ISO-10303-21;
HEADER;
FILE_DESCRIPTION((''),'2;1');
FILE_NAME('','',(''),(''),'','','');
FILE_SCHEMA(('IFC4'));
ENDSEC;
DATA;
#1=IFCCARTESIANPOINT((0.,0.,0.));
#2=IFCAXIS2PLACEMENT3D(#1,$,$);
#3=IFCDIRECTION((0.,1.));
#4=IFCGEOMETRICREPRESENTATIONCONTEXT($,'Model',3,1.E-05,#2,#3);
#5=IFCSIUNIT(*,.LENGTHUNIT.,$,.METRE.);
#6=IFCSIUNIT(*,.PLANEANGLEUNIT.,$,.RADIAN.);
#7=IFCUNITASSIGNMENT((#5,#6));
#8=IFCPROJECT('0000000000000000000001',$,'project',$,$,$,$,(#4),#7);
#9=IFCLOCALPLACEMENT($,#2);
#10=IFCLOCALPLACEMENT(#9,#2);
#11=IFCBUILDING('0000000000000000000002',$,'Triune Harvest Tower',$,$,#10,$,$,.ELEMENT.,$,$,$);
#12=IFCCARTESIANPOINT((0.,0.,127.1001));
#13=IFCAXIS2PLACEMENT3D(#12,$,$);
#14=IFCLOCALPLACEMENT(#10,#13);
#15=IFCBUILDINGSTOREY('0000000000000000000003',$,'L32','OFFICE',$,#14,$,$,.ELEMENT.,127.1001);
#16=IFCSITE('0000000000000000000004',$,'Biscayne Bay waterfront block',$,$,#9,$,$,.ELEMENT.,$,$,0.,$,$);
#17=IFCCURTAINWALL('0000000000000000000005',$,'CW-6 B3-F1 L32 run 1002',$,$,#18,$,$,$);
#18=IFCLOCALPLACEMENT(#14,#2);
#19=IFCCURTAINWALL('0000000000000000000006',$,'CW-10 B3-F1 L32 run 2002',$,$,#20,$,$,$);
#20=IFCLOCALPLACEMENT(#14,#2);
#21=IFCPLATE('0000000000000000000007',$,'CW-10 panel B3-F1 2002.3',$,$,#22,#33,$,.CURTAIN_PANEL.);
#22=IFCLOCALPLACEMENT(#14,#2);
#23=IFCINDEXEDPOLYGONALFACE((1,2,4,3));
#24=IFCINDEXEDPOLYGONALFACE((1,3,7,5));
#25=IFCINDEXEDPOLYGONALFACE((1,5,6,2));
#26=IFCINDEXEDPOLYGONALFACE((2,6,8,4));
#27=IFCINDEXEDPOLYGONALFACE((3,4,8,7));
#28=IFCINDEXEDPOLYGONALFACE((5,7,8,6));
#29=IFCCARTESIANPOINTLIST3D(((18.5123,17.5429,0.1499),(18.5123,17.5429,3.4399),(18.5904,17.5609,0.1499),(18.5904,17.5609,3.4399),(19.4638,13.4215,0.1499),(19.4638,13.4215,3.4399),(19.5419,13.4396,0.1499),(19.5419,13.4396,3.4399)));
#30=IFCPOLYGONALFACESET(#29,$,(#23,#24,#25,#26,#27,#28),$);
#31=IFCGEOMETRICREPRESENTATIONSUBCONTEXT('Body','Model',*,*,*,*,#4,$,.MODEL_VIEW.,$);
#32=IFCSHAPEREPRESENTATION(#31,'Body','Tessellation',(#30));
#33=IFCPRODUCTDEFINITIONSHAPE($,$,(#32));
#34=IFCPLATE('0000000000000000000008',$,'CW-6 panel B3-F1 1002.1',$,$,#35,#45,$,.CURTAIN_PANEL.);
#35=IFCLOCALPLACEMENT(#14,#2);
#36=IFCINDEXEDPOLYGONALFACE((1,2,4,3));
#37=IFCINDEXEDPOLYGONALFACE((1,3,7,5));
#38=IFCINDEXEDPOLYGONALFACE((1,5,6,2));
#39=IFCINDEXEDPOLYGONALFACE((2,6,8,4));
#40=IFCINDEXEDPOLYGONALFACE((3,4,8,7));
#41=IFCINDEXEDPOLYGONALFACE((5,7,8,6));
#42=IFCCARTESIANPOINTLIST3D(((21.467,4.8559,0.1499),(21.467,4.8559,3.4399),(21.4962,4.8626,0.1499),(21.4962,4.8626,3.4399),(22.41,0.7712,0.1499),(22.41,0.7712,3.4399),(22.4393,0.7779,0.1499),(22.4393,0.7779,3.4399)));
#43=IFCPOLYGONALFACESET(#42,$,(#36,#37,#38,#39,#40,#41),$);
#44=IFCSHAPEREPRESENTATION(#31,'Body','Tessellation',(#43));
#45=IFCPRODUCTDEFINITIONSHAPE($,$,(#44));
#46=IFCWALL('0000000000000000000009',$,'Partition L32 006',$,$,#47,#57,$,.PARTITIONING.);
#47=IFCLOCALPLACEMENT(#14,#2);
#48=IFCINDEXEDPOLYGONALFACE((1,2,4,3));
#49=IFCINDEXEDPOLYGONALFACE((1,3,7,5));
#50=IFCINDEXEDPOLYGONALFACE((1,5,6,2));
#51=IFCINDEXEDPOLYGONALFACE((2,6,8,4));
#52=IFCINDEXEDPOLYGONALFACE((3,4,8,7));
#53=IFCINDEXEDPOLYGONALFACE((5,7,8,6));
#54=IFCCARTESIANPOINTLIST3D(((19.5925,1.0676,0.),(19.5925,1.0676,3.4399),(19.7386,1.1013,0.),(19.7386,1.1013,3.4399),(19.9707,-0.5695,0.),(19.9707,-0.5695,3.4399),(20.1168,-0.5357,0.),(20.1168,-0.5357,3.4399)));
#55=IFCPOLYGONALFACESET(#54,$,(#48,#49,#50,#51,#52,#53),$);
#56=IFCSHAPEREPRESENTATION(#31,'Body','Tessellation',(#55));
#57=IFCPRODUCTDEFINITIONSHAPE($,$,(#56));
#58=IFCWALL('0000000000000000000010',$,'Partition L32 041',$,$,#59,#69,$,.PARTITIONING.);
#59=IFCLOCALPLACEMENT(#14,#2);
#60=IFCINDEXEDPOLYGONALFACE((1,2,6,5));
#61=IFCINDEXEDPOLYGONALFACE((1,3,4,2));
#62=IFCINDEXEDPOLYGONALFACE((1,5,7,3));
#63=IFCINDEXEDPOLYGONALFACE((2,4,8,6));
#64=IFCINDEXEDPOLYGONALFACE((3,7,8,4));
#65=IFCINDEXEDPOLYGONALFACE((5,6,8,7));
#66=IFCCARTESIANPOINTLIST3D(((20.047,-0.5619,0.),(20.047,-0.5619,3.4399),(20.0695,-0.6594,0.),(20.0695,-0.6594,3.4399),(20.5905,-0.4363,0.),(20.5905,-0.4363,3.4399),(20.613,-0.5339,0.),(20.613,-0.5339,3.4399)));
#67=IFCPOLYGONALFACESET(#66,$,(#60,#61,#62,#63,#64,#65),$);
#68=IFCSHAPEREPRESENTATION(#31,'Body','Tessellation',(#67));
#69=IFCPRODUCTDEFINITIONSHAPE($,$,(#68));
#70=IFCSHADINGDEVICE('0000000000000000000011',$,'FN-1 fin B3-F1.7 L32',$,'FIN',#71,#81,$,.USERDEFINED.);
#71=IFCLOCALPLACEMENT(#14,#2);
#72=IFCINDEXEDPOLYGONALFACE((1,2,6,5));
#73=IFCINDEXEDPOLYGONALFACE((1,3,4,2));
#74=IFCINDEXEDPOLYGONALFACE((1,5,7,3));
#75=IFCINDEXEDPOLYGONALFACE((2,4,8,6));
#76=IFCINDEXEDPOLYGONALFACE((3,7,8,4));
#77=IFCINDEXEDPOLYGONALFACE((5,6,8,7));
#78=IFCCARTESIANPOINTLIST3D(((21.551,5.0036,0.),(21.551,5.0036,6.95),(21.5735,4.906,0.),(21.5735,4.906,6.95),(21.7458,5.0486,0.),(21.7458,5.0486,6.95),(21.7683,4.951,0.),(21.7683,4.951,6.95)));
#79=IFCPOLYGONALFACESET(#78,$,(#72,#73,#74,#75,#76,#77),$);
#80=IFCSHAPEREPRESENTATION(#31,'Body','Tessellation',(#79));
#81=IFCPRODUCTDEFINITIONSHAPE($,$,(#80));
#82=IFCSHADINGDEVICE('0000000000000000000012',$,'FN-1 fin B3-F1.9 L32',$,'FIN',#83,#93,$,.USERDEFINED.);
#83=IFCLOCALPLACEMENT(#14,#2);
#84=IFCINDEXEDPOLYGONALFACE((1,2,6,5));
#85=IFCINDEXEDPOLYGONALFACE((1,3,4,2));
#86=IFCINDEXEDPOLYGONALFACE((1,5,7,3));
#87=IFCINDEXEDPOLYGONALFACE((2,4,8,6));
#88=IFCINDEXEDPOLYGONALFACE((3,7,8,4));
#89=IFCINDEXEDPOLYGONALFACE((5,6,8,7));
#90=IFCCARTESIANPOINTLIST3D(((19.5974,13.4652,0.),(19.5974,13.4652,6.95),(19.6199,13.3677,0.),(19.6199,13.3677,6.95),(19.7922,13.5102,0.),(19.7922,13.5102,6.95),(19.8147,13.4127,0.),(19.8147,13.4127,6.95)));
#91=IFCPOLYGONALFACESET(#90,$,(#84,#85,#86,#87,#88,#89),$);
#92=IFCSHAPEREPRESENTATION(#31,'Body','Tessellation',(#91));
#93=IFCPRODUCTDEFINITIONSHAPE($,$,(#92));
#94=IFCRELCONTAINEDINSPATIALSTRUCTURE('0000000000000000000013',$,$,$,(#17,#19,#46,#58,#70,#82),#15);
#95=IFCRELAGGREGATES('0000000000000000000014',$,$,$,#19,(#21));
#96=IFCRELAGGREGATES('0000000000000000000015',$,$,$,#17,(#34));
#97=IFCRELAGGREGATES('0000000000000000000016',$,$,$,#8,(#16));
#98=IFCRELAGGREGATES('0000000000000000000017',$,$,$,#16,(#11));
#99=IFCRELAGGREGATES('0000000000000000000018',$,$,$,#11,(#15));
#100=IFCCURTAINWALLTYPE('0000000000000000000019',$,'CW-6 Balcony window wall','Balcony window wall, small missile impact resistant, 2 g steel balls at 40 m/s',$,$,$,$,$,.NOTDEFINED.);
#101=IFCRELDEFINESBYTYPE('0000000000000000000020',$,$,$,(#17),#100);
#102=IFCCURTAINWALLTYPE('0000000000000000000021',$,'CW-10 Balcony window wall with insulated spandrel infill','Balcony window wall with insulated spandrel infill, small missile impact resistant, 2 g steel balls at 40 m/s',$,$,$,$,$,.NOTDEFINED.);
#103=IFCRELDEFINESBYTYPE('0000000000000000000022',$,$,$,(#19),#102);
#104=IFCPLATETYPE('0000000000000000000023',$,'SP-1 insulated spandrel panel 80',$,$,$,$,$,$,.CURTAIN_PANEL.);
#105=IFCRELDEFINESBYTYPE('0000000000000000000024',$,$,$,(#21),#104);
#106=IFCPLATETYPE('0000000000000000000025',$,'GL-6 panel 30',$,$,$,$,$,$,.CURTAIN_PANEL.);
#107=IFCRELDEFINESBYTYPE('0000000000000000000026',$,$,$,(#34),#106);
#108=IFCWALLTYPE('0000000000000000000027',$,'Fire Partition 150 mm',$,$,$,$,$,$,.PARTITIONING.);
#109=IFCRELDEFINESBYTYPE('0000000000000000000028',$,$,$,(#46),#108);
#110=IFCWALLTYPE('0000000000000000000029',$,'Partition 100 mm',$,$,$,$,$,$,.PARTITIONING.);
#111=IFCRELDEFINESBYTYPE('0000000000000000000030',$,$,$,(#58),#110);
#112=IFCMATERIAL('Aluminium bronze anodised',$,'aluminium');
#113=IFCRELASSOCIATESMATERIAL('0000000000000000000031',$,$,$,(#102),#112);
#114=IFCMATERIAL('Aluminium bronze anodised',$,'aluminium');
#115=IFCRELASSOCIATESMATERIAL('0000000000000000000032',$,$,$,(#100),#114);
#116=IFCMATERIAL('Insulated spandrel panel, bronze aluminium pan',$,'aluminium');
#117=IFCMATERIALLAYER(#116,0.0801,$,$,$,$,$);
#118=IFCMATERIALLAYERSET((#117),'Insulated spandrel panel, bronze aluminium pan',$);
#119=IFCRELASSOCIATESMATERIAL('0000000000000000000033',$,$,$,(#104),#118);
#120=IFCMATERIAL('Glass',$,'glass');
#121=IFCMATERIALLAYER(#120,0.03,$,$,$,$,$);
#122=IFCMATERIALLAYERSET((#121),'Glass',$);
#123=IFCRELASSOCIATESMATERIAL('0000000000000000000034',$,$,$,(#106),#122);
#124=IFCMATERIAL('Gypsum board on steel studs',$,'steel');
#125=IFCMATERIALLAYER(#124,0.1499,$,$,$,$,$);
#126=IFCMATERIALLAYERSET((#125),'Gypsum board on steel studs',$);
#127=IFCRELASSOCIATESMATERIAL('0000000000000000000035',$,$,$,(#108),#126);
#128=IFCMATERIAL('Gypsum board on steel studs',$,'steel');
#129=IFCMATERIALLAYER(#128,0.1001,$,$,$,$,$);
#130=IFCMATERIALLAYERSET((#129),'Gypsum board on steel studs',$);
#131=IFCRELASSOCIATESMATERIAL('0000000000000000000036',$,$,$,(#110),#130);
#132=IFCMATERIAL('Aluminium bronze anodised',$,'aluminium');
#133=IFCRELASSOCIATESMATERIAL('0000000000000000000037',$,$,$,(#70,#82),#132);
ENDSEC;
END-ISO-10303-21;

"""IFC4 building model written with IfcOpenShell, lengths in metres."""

from ifc_helpers import new_model, si_unit, direction, frame, frame_2d, origin, origin_2d, place, context, subcontext, project, spatial, rectangle, extrude, source, transform, mapped, material, layer, layer_set, type_object, element, aggregate, save


model = new_model("IFC4")

# Units and contexts
model_context = context("Model", 3, precision=1e-05, world=origin(), true_north=direction((0.0, 1.0)))
body_context = subcontext(model_context, "Body", "Model", "MODEL_VIEW")
ifc_project = project(units=[si_unit("LENGTHUNIT", "METRE"), si_unit("PLANEANGLEUNIT", "RADIAN")], contexts=[model_context])

# Site, building, storey
site_placement = place(None, origin())
site = spatial("IfcSite", under=ifc_project, at=site_placement, Name="Biscayne Bay waterfront block", CompositionType="ELEMENT", RefElevation=0.0)
building_placement = place(site_placement, origin())
building = spatial("IfcBuilding", under=site, at=building_placement, Name="Triune Harvest Tower", CompositionType="ELEMENT")
storey_placement = place(building_placement, frame((0.0, 0.0, 127.1001)))
storey = spatial("IfcBuildingStorey", under=building, at=storey_placement, Name="L32", Description="OFFICE", CompositionType="ELEMENT", Elevation=127.1001)

# Shared definitions
ifc_material_1 = material(Name="Aluminium bronze anodised", Category="aluminium")
curtain_wall_type_1 = type_object("IfcCurtainWallType", Name="CW-10 Balcony window wall with insulated spandrel infill", Description="Balcony window wall with insulated spandrel infill, small missile impact resistant, 2 g steel balls at 40 m/s", PredefinedType="NOTDEFINED", material=ifc_material_1)

# Curtain walls
ifc_material_2 = material(Name="Aluminium bronze anodised", Category="aluminium")
curtain_wall_type_2 = type_object("IfcCurtainWallType", Name="CW-6 Balcony window wall", Description="Balcony window wall, small missile impact resistant, 2 g steel balls at 40 m/s", PredefinedType="NOTDEFINED", material=ifc_material_2)
curtain_wall_1_placement = place(storey_placement, origin())
curtain_wall_1 = element("IfcCurtainWall", 1, at=curtain_wall_1_placement, inside=storey, type_object=curtain_wall_type_2, Name="CW-6 B3-F1 L32 run 1002")
curtain_wall_2_placement = place(storey_placement, origin())
curtain_wall_2 = element("IfcCurtainWall", 2, at=curtain_wall_2_placement, inside=storey, type_object=curtain_wall_type_1, Name="CW-10 B3-F1 L32 run 2002")

# Plates
ifc_material_3 = material(Name="Insulated spandrel panel, bronze aluminium pan", Category="aluminium")
ifc_layer_1 = layer(ifc_material_3, 0.0801)
ifc_layer_set_1 = layer_set([ifc_layer_1], Name="Insulated spandrel panel, bronze aluminium pan")
plate_type_1 = type_object("IfcPlateType", Name="SP-1 insulated spandrel panel 80", PredefinedType="CURTAIN_PANEL", material=ifc_layer_set_1)
shared_shape_1 = source(origin(), body_context, "Body", "SweptSolid", [
    extrude(rectangle(XDim=4.2297, YDim=0.0801, at=origin_2d()), origin(), (0.0, 0.0, 1.0), 3.29),
])
plate_1_placement = place(storey_placement, frame((19.0271, 15.4912, 0.1499), z_axis=(0.0, 0.0, 1.0), x_axis=(-0.224951, 0.97437, 0.0)))
plate_1 = element("IfcPlate", 3, at=plate_1_placement, type_object=plate_type_1, Name="CW-10 panel B3-F1 2002.3", PredefinedType="CURTAIN_PANEL", context=body_context, shape_type="MappedRepresentation", body=[
    mapped(shared_shape_1, transform((0.0, 0.0, 0.0), scale=1.0)),
])
aggregate(curtain_wall_2, [plate_1])
ifc_material_4 = material(Name="Glass", Category="glass")
ifc_layer_2 = layer(ifc_material_4, 0.03)
ifc_layer_set_2 = layer_set([ifc_layer_2], Name="Glass")
plate_type_2 = type_object("IfcPlateType", Name="GL-6 panel 30", PredefinedType="CURTAIN_PANEL", material=ifc_layer_set_2)
shared_shape_2 = source(origin(), body_context, "Body", "SweptSolid", [
    extrude(rectangle(XDim=4.1921, YDim=0.03, at=origin_2d()), origin(), (0.0, 0.0, 1.0), 3.29),
])
plate_2_placement = place(storey_placement, frame((21.9531, 2.8169, 0.1499), z_axis=(0.0, 0.0, 1.0), x_axis=(-0.22496, 0.974368, 0.0)))
plate_2 = element("IfcPlate", 4, at=plate_2_placement, type_object=plate_type_2, Name="CW-6 panel B3-F1 1002.1", PredefinedType="CURTAIN_PANEL", context=body_context, shape_type="MappedRepresentation", body=[
    mapped(shared_shape_2, transform((0.0, 0.0, 0.0), scale=1.0)),
])
aggregate(curtain_wall_1, [plate_2])

# Walls
ifc_material_5 = material(Name="Gypsum board on steel studs", Category="steel")
ifc_layer_3 = layer(ifc_material_5, 0.1499)
ifc_layer_set_3 = layer_set([ifc_layer_3], Name="Gypsum board on steel studs")
wall_type_1 = type_object("IfcWallType", Name="Fire Partition 150 mm", PredefinedType="PARTITIONING", material=ifc_layer_set_3)
wall_1_placement = place(storey_placement, frame((19.6655, 1.0845, 0.0), z_axis=(0.0, 0.0, 1.0), x_axis=(0.225093, -0.974337, 0.0)))
element("IfcWall", 5, at=wall_1_placement, inside=storey, type_object=wall_type_1, Name="Partition L32 006", PredefinedType="PARTITIONING", context=body_context, shape_type="SweptSolid", body=[
    extrude(rectangle(XDim=1.6802, YDim=0.1499, at=frame_2d((0.8401, 0.0))), origin(), (0.0, 0.0, 1.0), 3.4399),
])
ifc_material_6 = material(Name="Gypsum board on steel studs", Category="steel")
ifc_layer_4 = layer(ifc_material_6, 0.1001)
ifc_layer_set_4 = layer_set([ifc_layer_4], Name="Gypsum board on steel studs")
wall_type_2 = type_object("IfcWallType", Name="Partition 100 mm", PredefinedType="PARTITIONING", material=ifc_layer_set_4)
wall_2_placement = place(storey_placement, frame((20.0583, -0.6106, 0.0), z_axis=(0.0, 0.0, 1.0), x_axis=(0.974362, 0.224987, 0.0)))
element("IfcWall", 6, at=wall_2_placement, inside=storey, type_object=wall_type_2, Name="Partition L32 041", PredefinedType="PARTITIONING", context=body_context, shape_type="SweptSolid", body=[
    extrude(rectangle(XDim=0.5579, YDim=0.1001, at=frame_2d((0.2788, 0.0))), origin(), (0.0, 0.0, 1.0), 3.4399),
])

# Shading devices
ifc_material_7 = material(Name="Aluminium bronze anodised", Category="aluminium")
shared_shape_3 = source(origin(), body_context, "Body", "SweptSolid", [
    extrude(rectangle(XDim=0.1001, YDim=0.2, at=origin_2d()), origin(), (0.0, 0.0, 1.0), 6.95),
])
for number, where, z_axis, x_axis, name in (
    (7, (21.6597, 4.9773, 0.0), (0.0, 0.0, 1.0), (-0.224951, 0.97437, 0.0), "FN-1 fin B3-F1.7 L32"),
    (8, (19.7061, 13.439, 0.0), (0.0, 0.0, 1.0), (-0.224951, 0.97437, 0.0), "FN-1 fin B3-F1.9 L32"),
):
    element("IfcShadingDevice", number, at=place(storey_placement, frame(where, z_axis=z_axis, x_axis=x_axis)), inside=storey, material=ifc_material_7, Name=name, ObjectType="FIN", PredefinedType="USERDEFINED", context=body_context, shape_type="MappedRepresentation", body=[
        mapped(shared_shape_3, transform((0.0, 0.0, 0.0), scale=1.0)),
    ])

save(model, "model.ifc")
